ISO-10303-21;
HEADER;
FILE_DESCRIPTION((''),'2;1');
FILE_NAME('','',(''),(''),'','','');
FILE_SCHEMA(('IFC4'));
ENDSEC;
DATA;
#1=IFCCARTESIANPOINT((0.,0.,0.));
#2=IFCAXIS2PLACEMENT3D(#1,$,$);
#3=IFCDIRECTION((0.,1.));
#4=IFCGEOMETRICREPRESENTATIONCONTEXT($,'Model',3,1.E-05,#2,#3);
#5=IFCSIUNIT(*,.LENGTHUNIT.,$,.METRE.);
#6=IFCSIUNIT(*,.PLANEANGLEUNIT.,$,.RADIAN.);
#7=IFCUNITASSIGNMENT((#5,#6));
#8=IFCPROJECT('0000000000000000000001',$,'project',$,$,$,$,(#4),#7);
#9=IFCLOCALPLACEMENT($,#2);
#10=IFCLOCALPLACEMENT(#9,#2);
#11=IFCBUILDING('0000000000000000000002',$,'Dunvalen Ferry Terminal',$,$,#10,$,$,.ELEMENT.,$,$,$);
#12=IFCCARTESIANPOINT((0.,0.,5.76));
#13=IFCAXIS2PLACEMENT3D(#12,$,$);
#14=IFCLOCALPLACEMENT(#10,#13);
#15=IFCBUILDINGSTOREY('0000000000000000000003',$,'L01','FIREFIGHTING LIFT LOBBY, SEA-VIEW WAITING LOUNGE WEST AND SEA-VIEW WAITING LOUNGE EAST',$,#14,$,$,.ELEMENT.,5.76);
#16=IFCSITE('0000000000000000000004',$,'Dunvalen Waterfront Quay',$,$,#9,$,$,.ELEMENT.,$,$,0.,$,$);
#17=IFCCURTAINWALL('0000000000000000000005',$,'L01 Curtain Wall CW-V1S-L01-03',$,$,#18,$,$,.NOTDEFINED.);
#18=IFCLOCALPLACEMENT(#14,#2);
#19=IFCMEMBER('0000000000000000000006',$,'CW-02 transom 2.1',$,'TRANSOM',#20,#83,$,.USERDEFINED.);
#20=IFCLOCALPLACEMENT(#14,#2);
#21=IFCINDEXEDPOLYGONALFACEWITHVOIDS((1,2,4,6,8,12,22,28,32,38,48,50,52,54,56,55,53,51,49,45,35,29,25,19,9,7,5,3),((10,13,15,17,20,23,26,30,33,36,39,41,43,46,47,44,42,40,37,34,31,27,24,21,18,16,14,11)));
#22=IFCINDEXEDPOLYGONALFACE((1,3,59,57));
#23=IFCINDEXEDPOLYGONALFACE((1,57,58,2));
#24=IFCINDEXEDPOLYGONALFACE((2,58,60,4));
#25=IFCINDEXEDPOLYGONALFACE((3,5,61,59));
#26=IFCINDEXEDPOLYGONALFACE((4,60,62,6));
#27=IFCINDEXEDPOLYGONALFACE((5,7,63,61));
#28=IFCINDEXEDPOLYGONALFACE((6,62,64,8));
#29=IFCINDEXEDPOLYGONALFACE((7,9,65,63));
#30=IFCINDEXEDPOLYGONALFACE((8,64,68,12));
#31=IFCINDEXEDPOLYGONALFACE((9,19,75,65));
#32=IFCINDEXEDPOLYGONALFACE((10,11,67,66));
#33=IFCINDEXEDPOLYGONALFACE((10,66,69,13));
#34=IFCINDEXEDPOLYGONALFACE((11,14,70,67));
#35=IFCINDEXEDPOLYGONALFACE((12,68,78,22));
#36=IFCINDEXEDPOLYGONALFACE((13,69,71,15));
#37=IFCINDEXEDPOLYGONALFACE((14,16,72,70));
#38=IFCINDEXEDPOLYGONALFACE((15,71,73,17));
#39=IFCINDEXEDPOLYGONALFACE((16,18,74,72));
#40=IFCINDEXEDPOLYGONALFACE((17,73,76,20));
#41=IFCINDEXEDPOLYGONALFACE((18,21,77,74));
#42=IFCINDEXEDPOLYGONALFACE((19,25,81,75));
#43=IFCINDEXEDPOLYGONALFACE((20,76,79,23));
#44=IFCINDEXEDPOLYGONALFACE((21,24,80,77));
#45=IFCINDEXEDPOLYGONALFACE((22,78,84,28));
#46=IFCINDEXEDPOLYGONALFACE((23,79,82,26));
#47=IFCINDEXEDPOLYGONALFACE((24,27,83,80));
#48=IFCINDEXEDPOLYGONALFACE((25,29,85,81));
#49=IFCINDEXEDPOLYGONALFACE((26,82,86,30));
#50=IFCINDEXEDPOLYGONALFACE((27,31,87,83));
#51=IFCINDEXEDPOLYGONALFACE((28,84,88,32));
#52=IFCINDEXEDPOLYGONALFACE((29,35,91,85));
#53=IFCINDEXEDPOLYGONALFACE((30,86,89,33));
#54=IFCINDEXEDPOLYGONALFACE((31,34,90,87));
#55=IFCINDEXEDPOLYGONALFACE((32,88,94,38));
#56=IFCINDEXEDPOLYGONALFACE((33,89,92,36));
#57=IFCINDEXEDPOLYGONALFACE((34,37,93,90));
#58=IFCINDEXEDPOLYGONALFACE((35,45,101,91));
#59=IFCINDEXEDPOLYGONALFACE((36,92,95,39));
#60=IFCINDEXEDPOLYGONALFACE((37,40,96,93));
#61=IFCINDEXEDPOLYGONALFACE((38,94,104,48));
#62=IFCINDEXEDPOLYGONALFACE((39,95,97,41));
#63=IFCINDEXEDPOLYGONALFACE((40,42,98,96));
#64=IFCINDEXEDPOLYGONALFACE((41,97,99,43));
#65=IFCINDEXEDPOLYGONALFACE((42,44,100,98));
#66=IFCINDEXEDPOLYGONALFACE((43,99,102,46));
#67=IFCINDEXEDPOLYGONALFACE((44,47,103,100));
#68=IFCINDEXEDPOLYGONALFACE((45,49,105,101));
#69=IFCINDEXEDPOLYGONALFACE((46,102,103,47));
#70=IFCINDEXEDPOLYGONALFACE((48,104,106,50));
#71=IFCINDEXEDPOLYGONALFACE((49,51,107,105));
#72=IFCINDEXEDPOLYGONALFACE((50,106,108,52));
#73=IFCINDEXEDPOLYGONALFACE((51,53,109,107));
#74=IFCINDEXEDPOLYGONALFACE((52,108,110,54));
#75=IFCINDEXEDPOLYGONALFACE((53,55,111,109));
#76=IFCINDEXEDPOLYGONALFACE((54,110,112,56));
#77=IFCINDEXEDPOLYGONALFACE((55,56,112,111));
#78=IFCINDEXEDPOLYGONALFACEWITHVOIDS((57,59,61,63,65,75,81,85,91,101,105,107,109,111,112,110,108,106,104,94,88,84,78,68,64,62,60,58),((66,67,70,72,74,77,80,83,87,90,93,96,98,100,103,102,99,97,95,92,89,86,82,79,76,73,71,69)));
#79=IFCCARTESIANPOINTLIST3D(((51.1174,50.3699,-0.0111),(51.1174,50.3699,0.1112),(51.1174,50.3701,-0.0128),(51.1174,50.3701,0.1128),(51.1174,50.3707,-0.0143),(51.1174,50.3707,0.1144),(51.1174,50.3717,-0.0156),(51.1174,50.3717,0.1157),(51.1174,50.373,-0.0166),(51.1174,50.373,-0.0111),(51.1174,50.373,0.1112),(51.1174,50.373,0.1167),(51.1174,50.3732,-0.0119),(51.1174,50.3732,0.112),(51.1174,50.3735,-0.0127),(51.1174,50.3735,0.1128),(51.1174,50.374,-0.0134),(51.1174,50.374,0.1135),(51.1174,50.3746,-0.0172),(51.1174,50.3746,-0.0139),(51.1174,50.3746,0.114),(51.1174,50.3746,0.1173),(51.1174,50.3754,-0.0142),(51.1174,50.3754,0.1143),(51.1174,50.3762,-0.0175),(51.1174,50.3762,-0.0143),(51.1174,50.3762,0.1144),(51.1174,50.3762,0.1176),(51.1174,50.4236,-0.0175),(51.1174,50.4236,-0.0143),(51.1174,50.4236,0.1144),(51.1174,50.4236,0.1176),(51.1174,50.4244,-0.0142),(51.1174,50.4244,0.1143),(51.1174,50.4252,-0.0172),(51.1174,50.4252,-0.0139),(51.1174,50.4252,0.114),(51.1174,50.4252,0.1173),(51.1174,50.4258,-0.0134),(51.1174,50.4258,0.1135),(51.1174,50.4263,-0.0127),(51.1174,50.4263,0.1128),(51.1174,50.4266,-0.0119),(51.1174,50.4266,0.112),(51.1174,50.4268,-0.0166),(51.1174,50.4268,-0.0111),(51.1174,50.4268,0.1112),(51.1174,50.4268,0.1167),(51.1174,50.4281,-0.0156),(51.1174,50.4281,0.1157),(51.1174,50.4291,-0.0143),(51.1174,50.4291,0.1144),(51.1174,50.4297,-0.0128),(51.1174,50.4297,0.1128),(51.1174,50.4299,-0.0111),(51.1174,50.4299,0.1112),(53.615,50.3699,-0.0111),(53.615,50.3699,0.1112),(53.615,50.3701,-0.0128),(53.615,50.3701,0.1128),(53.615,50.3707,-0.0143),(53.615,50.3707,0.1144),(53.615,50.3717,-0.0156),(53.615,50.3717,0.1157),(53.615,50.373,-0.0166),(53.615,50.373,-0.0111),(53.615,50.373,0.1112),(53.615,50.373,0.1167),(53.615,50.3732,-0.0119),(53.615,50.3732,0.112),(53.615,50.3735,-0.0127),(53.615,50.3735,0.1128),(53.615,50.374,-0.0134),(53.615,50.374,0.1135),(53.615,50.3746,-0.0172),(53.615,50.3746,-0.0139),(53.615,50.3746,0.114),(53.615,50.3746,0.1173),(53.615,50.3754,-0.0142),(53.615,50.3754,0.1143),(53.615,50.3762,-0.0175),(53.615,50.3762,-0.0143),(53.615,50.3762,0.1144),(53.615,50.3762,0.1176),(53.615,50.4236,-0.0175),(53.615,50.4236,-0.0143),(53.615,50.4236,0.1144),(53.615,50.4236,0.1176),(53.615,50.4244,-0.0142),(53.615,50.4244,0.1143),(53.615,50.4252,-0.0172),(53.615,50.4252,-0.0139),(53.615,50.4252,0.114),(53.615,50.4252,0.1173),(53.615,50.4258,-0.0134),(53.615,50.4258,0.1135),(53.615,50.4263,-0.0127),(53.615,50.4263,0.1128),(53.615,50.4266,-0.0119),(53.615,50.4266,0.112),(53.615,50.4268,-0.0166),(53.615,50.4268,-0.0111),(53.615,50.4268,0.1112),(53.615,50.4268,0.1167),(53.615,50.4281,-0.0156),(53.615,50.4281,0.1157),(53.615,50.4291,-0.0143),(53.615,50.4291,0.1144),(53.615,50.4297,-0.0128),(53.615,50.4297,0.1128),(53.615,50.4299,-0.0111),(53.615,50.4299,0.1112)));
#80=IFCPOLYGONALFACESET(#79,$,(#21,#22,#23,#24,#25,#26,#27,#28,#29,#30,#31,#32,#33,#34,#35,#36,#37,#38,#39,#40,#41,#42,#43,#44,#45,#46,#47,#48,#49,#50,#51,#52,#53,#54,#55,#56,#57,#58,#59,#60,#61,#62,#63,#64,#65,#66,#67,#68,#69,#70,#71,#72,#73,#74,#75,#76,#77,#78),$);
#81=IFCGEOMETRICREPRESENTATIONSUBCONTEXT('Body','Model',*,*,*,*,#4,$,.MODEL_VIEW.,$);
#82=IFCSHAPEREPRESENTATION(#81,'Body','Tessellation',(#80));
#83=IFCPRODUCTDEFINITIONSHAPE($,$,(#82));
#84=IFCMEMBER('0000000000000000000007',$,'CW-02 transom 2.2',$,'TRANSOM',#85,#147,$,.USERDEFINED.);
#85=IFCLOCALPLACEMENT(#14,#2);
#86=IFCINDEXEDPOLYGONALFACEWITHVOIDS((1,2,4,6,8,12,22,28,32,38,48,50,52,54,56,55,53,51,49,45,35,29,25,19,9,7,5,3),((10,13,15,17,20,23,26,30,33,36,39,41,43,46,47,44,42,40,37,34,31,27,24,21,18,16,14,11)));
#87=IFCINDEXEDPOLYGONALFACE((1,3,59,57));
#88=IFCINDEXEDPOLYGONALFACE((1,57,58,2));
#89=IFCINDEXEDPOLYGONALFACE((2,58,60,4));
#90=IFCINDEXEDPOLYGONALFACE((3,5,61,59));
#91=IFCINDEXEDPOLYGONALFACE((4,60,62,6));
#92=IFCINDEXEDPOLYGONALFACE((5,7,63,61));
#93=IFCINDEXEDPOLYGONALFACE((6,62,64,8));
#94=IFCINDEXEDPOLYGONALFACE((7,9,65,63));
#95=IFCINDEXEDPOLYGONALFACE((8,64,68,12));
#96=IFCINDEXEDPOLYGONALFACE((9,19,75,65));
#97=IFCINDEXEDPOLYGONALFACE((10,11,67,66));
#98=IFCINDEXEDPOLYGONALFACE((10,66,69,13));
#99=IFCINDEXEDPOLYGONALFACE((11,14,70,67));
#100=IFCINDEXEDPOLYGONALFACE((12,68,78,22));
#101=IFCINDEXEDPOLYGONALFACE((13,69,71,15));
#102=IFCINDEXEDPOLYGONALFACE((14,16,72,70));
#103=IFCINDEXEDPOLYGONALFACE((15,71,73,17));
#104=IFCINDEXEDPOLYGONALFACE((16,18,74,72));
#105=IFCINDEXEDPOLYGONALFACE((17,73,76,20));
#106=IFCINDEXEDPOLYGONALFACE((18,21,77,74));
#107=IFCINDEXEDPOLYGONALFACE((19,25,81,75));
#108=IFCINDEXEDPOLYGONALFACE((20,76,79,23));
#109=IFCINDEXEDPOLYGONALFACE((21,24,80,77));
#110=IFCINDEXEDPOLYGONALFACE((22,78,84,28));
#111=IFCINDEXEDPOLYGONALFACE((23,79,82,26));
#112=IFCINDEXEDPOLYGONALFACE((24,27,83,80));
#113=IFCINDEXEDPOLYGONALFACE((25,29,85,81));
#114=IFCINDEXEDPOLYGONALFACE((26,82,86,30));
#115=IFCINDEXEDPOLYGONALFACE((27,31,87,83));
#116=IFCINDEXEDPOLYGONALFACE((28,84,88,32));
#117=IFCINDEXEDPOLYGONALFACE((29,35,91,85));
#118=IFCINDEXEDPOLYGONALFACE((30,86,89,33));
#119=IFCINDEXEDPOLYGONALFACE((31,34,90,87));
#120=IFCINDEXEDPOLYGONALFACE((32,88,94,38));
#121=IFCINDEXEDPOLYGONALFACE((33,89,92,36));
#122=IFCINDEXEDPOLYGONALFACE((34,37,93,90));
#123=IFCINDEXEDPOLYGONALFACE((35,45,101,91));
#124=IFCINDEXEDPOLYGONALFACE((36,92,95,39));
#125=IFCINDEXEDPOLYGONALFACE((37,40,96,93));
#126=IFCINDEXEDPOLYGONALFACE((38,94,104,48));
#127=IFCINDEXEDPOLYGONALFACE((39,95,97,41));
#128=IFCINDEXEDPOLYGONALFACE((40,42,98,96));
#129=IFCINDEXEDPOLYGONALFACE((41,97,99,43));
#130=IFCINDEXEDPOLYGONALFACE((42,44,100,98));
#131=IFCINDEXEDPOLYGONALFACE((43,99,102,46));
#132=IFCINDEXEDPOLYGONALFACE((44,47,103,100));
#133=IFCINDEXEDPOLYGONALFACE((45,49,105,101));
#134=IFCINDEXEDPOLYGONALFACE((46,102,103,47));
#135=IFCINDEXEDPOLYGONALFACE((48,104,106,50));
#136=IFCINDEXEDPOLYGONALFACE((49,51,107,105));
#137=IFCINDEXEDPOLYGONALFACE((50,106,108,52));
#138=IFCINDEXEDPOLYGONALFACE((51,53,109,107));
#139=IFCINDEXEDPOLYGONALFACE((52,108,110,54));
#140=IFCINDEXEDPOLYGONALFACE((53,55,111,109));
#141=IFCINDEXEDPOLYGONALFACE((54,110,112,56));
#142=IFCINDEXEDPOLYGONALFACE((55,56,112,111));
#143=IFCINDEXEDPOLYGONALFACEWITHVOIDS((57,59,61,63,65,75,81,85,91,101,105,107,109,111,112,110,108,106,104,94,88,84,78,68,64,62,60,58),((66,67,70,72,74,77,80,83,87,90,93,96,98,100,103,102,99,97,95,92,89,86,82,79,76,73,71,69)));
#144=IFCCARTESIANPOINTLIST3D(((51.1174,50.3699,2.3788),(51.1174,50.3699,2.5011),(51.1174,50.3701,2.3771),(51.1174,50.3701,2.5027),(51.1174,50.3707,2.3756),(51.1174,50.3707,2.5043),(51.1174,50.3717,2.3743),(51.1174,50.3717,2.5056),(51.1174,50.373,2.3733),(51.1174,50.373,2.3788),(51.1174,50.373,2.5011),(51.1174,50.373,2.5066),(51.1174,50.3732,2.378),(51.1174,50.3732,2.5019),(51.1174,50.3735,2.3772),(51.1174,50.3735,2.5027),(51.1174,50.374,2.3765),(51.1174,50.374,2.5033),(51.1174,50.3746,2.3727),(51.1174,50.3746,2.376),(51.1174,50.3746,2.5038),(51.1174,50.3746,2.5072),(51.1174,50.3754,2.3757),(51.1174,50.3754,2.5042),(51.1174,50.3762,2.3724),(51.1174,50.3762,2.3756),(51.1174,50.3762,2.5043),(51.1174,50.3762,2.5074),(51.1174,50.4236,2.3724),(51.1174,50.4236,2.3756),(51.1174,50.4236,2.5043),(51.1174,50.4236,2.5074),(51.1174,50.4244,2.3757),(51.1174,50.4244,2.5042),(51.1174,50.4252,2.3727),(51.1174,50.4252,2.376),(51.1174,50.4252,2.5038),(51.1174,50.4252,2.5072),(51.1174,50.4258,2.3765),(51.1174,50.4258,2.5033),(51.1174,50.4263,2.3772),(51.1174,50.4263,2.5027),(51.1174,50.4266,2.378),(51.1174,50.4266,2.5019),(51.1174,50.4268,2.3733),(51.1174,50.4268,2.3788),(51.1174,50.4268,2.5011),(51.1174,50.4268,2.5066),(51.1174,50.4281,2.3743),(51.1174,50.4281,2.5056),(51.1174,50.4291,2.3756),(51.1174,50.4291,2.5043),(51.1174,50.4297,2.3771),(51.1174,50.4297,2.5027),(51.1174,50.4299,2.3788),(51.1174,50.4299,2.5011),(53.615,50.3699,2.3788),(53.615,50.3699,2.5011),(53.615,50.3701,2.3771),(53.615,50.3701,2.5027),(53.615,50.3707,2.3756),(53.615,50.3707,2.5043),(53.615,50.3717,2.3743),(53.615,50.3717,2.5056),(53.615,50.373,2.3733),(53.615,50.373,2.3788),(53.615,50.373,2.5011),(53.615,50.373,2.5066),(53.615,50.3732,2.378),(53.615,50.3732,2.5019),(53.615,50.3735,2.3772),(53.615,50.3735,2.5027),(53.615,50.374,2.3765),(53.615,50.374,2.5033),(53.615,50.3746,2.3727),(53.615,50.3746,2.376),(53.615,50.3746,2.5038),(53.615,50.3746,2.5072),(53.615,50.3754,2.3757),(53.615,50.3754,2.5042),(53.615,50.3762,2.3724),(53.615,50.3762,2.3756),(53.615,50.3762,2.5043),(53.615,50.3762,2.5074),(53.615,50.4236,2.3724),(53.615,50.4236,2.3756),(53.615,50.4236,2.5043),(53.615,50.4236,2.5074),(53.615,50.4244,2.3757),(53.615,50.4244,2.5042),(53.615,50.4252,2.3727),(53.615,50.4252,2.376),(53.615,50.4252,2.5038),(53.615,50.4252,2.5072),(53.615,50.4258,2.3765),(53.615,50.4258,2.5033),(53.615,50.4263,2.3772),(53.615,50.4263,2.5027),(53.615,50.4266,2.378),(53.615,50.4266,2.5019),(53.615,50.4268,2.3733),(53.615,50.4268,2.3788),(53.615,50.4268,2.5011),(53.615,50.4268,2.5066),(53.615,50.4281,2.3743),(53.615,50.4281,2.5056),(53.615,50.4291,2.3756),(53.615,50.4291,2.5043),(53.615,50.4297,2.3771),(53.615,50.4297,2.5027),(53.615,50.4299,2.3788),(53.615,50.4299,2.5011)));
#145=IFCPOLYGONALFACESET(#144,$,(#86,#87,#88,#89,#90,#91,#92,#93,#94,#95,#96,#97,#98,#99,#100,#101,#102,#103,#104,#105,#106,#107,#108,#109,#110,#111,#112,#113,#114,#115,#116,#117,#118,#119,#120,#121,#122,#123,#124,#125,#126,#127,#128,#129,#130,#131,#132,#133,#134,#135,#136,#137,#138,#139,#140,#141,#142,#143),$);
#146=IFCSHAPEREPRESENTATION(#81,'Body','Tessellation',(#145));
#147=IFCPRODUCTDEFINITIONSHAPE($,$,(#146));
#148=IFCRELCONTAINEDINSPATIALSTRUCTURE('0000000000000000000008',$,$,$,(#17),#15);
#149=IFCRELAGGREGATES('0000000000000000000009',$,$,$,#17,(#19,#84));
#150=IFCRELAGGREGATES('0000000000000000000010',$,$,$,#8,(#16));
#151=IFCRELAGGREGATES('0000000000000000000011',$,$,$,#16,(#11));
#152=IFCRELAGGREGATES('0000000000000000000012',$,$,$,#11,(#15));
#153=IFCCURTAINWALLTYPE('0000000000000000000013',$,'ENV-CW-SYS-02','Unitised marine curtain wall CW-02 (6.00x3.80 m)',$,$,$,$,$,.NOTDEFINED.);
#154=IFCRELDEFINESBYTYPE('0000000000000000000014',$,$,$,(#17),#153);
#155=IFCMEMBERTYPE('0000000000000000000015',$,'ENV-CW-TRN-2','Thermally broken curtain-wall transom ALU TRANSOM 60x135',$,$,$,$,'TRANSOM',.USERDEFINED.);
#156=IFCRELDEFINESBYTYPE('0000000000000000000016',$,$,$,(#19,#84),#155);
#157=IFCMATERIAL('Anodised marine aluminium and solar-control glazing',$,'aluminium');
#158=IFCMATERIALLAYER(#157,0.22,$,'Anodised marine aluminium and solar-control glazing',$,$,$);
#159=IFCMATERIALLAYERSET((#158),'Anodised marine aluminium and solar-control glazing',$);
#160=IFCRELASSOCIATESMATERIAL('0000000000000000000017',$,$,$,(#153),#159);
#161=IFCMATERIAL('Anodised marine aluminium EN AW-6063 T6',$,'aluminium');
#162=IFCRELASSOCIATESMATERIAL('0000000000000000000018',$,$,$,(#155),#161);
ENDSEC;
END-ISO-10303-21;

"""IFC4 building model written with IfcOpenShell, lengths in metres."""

from ifc_helpers import new_model, si_unit, direction, frame, origin, origin_2d, place, context, subcontext, project, spatial, hollow_rectangle, extrude, material, layer, layer_set, material_profile, profile_set, type_object, element, aggregate, save


model = new_model("IFC4")

# Units and contexts
model_context = context("Model", 3, precision=1e-05, world=origin(), true_north=direction((0.0, 1.0)))
body_context = subcontext(model_context, "Body", "Model", "MODEL_VIEW")
ifc_project = project(units=[si_unit("LENGTHUNIT", "METRE"), si_unit("PLANEANGLEUNIT", "RADIAN")], contexts=[model_context])

# Site, building, storey
site_placement = place(None, origin())
site = spatial("IfcSite", under=ifc_project, at=site_placement, Name="Dunvalen Waterfront Quay", CompositionType="ELEMENT", RefElevation=0.0)
building_placement = place(site_placement, origin())
building = spatial("IfcBuilding", under=site, at=building_placement, Name="Dunvalen Ferry Terminal", CompositionType="ELEMENT")
storey_placement = place(building_placement, frame((0.0, 0.0, 5.76)))
storey = spatial("IfcBuildingStorey", under=building, at=storey_placement, Name="L01", Description="FIREFIGHTING LIFT LOBBY, SEA-VIEW WAITING LOUNGE WEST AND SEA-VIEW WAITING LOUNGE EAST", CompositionType="ELEMENT", Elevation=5.76)

# Curtain wall
ifc_material_1 = material(Name="Anodised marine aluminium and solar-control glazing", Category="aluminium")
ifc_layer_1 = layer(ifc_material_1, 0.22, Name="Anodised marine aluminium and solar-control glazing")
ifc_layer_set_1 = layer_set([ifc_layer_1], Name="Anodised marine aluminium and solar-control glazing")
curtain_wall_type_1 = type_object("IfcCurtainWallType", Name="ENV-CW-SYS-02", Description="Unitised marine curtain wall CW-02 (6.00x3.80 m)", PredefinedType="NOTDEFINED", material=ifc_layer_set_1)
ifc_material_2 = material(Name="Anodised marine aluminium EN AW-6063 T6", Category="aluminium")
curtain_wall_1_placement = place(storey_placement, origin())
curtain_wall_1 = element("IfcCurtainWall", 1, at=curtain_wall_1_placement, inside=storey, type_object=curtain_wall_type_1, Name="L01 Curtain Wall CW-V1S-L01-03", PredefinedType="NOTDEFINED")

# Members
ifc_material_profile_1 = material_profile(ifc_material_2, hollow_rectangle(XDim=0.0601, YDim=0.135, WallThickness=0.0032, InnerFilletRadius=0.0032, OuterFilletRadius=0.0063, at=origin_2d()), Name="Anodised marine aluminium EN AW-6063 T6")
ifc_profile_set_1 = profile_set([ifc_material_profile_1], Name="Anodised marine aluminium EN AW-6063 T6")
member_type_1 = type_object("IfcMemberType", Name="ENV-CW-TRN-2", Description="Thermally broken curtain-wall transom ALU TRANSOM 60x135", ElementType="TRANSOM", PredefinedType="USERDEFINED", material=ifc_profile_set_1)
member_1_placement = place(storey_placement, frame((51.1174, 50.3999, 0.05), z_axis=(1.0, 0.0, 0.0), x_axis=(0.0, 1.0, 0.0)))
member_1 = element("IfcMember", 2, at=member_1_placement, type_object=member_type_1, Name="CW-02 transom 2.1", ObjectType="TRANSOM", PredefinedType="USERDEFINED", context=body_context, shape_type="SweptSolid", body=[
    extrude(hollow_rectangle(XDim=0.0601, YDim=0.135, WallThickness=0.0032, InnerFilletRadius=0.0032, OuterFilletRadius=0.0063, at=origin_2d()), origin(), (0.0, 0.0, 1.0), 2.4976),
])
member_2_placement = place(storey_placement, frame((51.1174, 50.3999, 2.4399), z_axis=(1.0, 0.0, 0.0), x_axis=(0.0, 1.0, 0.0)))
member_2 = element("IfcMember", 3, at=member_2_placement, type_object=member_type_1, Name="CW-02 transom 2.2", ObjectType="TRANSOM", PredefinedType="USERDEFINED", context=body_context, shape_type="SweptSolid", body=[
    extrude(hollow_rectangle(XDim=0.0601, YDim=0.135, WallThickness=0.0032, InnerFilletRadius=0.0032, OuterFilletRadius=0.0063, at=origin_2d()), origin(), (0.0, 0.0, 1.0), 2.4976),
])

aggregate(curtain_wall_1, [member_1, member_2])

save(model, "model.ifc")
